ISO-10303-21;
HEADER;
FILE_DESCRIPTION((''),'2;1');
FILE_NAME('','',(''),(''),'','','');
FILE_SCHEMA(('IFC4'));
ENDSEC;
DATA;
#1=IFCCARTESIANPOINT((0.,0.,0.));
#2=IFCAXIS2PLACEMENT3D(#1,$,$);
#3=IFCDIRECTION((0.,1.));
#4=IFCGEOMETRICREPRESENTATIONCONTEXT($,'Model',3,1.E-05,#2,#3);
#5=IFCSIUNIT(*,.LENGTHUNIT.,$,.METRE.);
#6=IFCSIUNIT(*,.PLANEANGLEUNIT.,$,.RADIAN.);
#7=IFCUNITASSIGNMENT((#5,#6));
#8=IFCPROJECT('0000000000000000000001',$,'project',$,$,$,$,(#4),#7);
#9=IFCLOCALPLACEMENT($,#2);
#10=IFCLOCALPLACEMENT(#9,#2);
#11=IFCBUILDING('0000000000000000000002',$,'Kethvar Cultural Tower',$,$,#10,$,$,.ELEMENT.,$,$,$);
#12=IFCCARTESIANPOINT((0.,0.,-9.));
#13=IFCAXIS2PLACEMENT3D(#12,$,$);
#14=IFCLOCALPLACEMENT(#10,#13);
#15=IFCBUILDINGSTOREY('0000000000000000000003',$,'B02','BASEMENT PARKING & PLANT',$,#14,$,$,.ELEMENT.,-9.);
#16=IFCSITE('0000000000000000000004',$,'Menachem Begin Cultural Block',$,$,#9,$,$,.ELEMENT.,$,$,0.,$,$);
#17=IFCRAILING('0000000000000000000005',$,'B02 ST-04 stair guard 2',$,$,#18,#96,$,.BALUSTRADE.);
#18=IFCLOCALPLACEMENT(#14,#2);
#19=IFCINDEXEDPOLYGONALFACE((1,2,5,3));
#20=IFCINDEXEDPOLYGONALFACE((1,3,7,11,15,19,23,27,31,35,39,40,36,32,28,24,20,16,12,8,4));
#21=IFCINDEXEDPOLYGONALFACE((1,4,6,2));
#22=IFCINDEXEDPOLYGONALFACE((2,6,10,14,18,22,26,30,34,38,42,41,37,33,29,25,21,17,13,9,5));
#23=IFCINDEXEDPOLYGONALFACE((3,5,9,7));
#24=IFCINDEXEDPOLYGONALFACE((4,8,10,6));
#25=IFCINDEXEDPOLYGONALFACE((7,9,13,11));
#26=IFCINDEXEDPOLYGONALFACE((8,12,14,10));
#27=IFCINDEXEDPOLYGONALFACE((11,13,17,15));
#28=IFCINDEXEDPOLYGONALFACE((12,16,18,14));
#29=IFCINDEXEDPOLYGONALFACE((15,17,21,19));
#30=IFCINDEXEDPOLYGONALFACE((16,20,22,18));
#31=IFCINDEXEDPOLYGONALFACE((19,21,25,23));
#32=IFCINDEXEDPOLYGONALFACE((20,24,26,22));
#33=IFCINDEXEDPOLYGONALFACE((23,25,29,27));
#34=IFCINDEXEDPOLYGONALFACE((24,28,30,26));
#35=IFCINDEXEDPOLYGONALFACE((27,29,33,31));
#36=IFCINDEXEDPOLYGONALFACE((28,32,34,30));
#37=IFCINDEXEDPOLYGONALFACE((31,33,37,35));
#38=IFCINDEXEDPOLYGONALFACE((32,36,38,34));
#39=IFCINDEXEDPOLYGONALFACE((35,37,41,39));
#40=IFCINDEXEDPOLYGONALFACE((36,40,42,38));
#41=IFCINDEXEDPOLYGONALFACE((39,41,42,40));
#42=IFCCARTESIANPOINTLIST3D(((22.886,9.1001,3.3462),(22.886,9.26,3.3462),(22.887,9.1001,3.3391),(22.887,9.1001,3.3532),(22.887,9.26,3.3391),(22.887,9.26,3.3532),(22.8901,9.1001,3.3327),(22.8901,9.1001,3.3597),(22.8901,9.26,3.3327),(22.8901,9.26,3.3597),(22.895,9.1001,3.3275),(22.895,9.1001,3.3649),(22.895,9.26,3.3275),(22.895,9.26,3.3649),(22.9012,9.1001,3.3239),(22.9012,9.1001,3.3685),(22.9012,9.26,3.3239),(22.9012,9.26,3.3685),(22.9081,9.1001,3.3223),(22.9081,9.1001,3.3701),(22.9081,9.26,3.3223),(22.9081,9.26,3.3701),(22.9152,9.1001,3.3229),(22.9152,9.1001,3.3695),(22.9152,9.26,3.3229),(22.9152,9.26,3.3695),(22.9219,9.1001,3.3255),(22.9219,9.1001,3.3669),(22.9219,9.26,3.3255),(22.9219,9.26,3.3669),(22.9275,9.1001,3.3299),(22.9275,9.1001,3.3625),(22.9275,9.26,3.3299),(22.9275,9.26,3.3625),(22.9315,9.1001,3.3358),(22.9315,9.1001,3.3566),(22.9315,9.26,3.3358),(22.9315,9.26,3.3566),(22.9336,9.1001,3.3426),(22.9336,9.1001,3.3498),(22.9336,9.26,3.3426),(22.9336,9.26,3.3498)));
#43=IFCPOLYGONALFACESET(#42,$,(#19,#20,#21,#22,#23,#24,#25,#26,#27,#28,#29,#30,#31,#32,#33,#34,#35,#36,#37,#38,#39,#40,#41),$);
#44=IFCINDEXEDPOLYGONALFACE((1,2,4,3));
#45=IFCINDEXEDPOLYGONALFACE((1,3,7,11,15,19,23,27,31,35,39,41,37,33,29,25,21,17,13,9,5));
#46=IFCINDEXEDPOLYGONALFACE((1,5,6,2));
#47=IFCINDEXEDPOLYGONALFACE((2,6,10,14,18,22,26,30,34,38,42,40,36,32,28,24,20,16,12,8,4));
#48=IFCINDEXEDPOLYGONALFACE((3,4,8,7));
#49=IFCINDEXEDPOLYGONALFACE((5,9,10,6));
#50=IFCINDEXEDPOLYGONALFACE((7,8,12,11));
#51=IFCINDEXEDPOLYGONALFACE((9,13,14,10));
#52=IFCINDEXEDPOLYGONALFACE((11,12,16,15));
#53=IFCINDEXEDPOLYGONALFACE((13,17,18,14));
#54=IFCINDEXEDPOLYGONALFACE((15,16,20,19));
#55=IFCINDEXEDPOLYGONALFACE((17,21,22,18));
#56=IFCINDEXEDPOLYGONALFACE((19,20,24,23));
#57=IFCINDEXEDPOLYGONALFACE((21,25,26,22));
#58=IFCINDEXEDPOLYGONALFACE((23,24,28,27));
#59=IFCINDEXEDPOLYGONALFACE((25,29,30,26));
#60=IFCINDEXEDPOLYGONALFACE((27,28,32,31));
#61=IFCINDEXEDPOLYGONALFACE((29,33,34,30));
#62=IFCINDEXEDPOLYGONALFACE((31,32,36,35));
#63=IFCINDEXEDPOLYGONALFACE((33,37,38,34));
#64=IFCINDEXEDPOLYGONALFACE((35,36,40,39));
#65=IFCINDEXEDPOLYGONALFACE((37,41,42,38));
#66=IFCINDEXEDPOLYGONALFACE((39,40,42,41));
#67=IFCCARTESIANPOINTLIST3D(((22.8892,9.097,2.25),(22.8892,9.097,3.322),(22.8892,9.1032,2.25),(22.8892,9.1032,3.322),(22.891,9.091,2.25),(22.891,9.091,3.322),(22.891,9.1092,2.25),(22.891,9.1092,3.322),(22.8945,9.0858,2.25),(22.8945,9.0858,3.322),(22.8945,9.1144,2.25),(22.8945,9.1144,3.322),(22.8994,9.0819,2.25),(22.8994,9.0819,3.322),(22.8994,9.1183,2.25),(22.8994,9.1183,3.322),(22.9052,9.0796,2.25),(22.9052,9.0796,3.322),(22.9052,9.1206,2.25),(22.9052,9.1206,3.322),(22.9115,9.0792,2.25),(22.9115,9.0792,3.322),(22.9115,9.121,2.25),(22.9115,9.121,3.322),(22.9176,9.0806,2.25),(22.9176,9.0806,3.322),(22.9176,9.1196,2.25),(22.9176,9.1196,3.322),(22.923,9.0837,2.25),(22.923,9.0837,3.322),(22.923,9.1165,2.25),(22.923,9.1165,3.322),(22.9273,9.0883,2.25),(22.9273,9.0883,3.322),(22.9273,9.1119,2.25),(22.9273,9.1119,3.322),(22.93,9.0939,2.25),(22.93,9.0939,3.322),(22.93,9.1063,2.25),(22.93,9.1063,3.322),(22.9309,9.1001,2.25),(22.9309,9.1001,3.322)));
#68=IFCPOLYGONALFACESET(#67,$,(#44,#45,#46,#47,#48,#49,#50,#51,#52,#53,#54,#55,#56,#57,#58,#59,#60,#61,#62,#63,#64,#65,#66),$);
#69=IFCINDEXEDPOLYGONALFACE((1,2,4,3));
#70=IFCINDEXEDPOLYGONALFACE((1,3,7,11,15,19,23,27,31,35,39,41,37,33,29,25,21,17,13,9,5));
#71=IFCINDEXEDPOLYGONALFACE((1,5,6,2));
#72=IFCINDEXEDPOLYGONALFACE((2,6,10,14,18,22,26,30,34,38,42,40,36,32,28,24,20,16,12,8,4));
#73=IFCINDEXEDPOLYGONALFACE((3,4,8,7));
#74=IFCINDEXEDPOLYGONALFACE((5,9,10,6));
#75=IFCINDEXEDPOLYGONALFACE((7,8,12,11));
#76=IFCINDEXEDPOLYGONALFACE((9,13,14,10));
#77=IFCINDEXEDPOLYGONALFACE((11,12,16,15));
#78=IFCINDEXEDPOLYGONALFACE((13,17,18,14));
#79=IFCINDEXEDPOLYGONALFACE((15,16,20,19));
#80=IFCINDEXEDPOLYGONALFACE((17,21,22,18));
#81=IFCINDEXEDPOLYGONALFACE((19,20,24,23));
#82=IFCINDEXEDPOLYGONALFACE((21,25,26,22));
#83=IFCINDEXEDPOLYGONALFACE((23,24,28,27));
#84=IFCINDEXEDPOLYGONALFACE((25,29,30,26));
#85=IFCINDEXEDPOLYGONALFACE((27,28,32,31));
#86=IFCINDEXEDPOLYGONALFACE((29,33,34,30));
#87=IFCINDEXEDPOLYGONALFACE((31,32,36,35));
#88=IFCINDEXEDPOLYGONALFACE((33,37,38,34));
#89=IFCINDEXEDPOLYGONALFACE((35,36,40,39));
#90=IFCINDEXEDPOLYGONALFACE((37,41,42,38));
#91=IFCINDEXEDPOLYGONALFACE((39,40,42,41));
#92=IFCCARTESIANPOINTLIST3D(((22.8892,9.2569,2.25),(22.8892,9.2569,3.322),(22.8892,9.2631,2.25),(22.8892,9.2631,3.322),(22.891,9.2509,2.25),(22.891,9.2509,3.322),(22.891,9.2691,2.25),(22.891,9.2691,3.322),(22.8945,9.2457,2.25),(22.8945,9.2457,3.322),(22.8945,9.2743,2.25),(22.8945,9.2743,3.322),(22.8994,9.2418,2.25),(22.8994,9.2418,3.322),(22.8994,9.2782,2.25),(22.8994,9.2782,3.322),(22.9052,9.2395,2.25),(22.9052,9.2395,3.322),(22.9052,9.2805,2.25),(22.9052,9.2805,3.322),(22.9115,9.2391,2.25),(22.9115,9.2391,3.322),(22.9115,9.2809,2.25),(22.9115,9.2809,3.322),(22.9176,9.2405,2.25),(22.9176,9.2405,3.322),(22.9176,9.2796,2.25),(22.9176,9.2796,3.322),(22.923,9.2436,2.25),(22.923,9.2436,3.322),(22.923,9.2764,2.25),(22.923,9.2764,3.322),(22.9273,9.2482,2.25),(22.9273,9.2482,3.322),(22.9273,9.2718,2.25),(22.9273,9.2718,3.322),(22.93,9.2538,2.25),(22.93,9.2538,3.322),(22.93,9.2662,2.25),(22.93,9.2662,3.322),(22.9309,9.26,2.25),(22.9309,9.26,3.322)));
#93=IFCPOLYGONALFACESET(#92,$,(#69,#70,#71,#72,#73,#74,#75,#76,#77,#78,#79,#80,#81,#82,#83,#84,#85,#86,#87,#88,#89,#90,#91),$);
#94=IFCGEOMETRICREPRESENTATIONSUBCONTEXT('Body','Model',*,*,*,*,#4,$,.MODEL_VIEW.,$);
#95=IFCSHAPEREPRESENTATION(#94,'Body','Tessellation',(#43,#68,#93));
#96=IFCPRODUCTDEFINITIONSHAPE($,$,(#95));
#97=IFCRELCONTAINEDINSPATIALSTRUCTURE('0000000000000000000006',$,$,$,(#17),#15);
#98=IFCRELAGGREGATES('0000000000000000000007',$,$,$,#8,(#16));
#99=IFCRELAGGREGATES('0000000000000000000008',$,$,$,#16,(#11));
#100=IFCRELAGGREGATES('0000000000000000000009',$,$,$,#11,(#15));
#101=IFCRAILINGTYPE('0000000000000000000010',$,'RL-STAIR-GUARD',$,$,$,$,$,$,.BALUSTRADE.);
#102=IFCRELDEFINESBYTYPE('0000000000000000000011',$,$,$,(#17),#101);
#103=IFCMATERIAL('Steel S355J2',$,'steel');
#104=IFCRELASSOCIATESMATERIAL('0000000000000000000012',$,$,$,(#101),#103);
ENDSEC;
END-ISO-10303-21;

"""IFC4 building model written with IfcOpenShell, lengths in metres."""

from ifc_helpers import new_model, si_unit, direction, frame, origin, origin_2d, place, context, subcontext, project, spatial, circle, extrude, material, type_object, element, save


model = new_model("IFC4")

# Units and contexts
model_context = context("Model", 3, precision=1e-05, world=origin(), true_north=direction((0.0, 1.0)))
body_context = subcontext(model_context, "Body", "Model", "MODEL_VIEW")
ifc_project = project(units=[si_unit("LENGTHUNIT", "METRE"), si_unit("PLANEANGLEUNIT", "RADIAN")], contexts=[model_context])

# Site, building, storey
site_placement = place(None, origin())
site = spatial("IfcSite", under=ifc_project, at=site_placement, Name="Menachem Begin Cultural Block", CompositionType="ELEMENT", RefElevation=0.0)
building_placement = place(site_placement, origin())
building = spatial("IfcBuilding", under=site, at=building_placement, Name="Kethvar Cultural Tower", CompositionType="ELEMENT")
storey_placement = place(building_placement, frame((0.0, 0.0, -9.0)))
storey = spatial("IfcBuildingStorey", under=building, at=storey_placement, Name="B02", Description="BASEMENT PARKING & PLANT", CompositionType="ELEMENT", Elevation=-9.0)

# Shared definitions
ifc_material_1 = material(Name="Steel S355J2", Category="steel")

# Railing
railing_type_1 = type_object("IfcRailingType", Name="RL-STAIR-GUARD", PredefinedType="BALUSTRADE", material=ifc_material_1)
railing_1_placement = place(storey_placement, frame((22.9099, 9.1001, 2.25)))
element("IfcRailing", 1, at=railing_1_placement, inside=storey, type_object=railing_type_1, Name="B02 ST-04 stair guard 2", PredefinedType="BALUSTRADE", context=body_context, shape_type="SweptSolid", body=[
    extrude(circle(Radius=0.0239, at=origin_2d()), frame((0.0, 0.0, 1.0962), z_axis=(0.0, 1.0, 0.0), x_axis=(-1.0, 0.0, 0.0)), (0.0, 0.0, 1.0), 0.1599),
    extrude(circle(Radius=0.021, at=origin_2d()), origin(), (0.0, 0.0, 1.0), 1.072),
    extrude(circle(Radius=0.021, at=origin_2d()), frame((0.0, 0.1599, 0.0)), (0.0, 0.0, 1.0), 1.072),
])

save(model, "model.ifc")
